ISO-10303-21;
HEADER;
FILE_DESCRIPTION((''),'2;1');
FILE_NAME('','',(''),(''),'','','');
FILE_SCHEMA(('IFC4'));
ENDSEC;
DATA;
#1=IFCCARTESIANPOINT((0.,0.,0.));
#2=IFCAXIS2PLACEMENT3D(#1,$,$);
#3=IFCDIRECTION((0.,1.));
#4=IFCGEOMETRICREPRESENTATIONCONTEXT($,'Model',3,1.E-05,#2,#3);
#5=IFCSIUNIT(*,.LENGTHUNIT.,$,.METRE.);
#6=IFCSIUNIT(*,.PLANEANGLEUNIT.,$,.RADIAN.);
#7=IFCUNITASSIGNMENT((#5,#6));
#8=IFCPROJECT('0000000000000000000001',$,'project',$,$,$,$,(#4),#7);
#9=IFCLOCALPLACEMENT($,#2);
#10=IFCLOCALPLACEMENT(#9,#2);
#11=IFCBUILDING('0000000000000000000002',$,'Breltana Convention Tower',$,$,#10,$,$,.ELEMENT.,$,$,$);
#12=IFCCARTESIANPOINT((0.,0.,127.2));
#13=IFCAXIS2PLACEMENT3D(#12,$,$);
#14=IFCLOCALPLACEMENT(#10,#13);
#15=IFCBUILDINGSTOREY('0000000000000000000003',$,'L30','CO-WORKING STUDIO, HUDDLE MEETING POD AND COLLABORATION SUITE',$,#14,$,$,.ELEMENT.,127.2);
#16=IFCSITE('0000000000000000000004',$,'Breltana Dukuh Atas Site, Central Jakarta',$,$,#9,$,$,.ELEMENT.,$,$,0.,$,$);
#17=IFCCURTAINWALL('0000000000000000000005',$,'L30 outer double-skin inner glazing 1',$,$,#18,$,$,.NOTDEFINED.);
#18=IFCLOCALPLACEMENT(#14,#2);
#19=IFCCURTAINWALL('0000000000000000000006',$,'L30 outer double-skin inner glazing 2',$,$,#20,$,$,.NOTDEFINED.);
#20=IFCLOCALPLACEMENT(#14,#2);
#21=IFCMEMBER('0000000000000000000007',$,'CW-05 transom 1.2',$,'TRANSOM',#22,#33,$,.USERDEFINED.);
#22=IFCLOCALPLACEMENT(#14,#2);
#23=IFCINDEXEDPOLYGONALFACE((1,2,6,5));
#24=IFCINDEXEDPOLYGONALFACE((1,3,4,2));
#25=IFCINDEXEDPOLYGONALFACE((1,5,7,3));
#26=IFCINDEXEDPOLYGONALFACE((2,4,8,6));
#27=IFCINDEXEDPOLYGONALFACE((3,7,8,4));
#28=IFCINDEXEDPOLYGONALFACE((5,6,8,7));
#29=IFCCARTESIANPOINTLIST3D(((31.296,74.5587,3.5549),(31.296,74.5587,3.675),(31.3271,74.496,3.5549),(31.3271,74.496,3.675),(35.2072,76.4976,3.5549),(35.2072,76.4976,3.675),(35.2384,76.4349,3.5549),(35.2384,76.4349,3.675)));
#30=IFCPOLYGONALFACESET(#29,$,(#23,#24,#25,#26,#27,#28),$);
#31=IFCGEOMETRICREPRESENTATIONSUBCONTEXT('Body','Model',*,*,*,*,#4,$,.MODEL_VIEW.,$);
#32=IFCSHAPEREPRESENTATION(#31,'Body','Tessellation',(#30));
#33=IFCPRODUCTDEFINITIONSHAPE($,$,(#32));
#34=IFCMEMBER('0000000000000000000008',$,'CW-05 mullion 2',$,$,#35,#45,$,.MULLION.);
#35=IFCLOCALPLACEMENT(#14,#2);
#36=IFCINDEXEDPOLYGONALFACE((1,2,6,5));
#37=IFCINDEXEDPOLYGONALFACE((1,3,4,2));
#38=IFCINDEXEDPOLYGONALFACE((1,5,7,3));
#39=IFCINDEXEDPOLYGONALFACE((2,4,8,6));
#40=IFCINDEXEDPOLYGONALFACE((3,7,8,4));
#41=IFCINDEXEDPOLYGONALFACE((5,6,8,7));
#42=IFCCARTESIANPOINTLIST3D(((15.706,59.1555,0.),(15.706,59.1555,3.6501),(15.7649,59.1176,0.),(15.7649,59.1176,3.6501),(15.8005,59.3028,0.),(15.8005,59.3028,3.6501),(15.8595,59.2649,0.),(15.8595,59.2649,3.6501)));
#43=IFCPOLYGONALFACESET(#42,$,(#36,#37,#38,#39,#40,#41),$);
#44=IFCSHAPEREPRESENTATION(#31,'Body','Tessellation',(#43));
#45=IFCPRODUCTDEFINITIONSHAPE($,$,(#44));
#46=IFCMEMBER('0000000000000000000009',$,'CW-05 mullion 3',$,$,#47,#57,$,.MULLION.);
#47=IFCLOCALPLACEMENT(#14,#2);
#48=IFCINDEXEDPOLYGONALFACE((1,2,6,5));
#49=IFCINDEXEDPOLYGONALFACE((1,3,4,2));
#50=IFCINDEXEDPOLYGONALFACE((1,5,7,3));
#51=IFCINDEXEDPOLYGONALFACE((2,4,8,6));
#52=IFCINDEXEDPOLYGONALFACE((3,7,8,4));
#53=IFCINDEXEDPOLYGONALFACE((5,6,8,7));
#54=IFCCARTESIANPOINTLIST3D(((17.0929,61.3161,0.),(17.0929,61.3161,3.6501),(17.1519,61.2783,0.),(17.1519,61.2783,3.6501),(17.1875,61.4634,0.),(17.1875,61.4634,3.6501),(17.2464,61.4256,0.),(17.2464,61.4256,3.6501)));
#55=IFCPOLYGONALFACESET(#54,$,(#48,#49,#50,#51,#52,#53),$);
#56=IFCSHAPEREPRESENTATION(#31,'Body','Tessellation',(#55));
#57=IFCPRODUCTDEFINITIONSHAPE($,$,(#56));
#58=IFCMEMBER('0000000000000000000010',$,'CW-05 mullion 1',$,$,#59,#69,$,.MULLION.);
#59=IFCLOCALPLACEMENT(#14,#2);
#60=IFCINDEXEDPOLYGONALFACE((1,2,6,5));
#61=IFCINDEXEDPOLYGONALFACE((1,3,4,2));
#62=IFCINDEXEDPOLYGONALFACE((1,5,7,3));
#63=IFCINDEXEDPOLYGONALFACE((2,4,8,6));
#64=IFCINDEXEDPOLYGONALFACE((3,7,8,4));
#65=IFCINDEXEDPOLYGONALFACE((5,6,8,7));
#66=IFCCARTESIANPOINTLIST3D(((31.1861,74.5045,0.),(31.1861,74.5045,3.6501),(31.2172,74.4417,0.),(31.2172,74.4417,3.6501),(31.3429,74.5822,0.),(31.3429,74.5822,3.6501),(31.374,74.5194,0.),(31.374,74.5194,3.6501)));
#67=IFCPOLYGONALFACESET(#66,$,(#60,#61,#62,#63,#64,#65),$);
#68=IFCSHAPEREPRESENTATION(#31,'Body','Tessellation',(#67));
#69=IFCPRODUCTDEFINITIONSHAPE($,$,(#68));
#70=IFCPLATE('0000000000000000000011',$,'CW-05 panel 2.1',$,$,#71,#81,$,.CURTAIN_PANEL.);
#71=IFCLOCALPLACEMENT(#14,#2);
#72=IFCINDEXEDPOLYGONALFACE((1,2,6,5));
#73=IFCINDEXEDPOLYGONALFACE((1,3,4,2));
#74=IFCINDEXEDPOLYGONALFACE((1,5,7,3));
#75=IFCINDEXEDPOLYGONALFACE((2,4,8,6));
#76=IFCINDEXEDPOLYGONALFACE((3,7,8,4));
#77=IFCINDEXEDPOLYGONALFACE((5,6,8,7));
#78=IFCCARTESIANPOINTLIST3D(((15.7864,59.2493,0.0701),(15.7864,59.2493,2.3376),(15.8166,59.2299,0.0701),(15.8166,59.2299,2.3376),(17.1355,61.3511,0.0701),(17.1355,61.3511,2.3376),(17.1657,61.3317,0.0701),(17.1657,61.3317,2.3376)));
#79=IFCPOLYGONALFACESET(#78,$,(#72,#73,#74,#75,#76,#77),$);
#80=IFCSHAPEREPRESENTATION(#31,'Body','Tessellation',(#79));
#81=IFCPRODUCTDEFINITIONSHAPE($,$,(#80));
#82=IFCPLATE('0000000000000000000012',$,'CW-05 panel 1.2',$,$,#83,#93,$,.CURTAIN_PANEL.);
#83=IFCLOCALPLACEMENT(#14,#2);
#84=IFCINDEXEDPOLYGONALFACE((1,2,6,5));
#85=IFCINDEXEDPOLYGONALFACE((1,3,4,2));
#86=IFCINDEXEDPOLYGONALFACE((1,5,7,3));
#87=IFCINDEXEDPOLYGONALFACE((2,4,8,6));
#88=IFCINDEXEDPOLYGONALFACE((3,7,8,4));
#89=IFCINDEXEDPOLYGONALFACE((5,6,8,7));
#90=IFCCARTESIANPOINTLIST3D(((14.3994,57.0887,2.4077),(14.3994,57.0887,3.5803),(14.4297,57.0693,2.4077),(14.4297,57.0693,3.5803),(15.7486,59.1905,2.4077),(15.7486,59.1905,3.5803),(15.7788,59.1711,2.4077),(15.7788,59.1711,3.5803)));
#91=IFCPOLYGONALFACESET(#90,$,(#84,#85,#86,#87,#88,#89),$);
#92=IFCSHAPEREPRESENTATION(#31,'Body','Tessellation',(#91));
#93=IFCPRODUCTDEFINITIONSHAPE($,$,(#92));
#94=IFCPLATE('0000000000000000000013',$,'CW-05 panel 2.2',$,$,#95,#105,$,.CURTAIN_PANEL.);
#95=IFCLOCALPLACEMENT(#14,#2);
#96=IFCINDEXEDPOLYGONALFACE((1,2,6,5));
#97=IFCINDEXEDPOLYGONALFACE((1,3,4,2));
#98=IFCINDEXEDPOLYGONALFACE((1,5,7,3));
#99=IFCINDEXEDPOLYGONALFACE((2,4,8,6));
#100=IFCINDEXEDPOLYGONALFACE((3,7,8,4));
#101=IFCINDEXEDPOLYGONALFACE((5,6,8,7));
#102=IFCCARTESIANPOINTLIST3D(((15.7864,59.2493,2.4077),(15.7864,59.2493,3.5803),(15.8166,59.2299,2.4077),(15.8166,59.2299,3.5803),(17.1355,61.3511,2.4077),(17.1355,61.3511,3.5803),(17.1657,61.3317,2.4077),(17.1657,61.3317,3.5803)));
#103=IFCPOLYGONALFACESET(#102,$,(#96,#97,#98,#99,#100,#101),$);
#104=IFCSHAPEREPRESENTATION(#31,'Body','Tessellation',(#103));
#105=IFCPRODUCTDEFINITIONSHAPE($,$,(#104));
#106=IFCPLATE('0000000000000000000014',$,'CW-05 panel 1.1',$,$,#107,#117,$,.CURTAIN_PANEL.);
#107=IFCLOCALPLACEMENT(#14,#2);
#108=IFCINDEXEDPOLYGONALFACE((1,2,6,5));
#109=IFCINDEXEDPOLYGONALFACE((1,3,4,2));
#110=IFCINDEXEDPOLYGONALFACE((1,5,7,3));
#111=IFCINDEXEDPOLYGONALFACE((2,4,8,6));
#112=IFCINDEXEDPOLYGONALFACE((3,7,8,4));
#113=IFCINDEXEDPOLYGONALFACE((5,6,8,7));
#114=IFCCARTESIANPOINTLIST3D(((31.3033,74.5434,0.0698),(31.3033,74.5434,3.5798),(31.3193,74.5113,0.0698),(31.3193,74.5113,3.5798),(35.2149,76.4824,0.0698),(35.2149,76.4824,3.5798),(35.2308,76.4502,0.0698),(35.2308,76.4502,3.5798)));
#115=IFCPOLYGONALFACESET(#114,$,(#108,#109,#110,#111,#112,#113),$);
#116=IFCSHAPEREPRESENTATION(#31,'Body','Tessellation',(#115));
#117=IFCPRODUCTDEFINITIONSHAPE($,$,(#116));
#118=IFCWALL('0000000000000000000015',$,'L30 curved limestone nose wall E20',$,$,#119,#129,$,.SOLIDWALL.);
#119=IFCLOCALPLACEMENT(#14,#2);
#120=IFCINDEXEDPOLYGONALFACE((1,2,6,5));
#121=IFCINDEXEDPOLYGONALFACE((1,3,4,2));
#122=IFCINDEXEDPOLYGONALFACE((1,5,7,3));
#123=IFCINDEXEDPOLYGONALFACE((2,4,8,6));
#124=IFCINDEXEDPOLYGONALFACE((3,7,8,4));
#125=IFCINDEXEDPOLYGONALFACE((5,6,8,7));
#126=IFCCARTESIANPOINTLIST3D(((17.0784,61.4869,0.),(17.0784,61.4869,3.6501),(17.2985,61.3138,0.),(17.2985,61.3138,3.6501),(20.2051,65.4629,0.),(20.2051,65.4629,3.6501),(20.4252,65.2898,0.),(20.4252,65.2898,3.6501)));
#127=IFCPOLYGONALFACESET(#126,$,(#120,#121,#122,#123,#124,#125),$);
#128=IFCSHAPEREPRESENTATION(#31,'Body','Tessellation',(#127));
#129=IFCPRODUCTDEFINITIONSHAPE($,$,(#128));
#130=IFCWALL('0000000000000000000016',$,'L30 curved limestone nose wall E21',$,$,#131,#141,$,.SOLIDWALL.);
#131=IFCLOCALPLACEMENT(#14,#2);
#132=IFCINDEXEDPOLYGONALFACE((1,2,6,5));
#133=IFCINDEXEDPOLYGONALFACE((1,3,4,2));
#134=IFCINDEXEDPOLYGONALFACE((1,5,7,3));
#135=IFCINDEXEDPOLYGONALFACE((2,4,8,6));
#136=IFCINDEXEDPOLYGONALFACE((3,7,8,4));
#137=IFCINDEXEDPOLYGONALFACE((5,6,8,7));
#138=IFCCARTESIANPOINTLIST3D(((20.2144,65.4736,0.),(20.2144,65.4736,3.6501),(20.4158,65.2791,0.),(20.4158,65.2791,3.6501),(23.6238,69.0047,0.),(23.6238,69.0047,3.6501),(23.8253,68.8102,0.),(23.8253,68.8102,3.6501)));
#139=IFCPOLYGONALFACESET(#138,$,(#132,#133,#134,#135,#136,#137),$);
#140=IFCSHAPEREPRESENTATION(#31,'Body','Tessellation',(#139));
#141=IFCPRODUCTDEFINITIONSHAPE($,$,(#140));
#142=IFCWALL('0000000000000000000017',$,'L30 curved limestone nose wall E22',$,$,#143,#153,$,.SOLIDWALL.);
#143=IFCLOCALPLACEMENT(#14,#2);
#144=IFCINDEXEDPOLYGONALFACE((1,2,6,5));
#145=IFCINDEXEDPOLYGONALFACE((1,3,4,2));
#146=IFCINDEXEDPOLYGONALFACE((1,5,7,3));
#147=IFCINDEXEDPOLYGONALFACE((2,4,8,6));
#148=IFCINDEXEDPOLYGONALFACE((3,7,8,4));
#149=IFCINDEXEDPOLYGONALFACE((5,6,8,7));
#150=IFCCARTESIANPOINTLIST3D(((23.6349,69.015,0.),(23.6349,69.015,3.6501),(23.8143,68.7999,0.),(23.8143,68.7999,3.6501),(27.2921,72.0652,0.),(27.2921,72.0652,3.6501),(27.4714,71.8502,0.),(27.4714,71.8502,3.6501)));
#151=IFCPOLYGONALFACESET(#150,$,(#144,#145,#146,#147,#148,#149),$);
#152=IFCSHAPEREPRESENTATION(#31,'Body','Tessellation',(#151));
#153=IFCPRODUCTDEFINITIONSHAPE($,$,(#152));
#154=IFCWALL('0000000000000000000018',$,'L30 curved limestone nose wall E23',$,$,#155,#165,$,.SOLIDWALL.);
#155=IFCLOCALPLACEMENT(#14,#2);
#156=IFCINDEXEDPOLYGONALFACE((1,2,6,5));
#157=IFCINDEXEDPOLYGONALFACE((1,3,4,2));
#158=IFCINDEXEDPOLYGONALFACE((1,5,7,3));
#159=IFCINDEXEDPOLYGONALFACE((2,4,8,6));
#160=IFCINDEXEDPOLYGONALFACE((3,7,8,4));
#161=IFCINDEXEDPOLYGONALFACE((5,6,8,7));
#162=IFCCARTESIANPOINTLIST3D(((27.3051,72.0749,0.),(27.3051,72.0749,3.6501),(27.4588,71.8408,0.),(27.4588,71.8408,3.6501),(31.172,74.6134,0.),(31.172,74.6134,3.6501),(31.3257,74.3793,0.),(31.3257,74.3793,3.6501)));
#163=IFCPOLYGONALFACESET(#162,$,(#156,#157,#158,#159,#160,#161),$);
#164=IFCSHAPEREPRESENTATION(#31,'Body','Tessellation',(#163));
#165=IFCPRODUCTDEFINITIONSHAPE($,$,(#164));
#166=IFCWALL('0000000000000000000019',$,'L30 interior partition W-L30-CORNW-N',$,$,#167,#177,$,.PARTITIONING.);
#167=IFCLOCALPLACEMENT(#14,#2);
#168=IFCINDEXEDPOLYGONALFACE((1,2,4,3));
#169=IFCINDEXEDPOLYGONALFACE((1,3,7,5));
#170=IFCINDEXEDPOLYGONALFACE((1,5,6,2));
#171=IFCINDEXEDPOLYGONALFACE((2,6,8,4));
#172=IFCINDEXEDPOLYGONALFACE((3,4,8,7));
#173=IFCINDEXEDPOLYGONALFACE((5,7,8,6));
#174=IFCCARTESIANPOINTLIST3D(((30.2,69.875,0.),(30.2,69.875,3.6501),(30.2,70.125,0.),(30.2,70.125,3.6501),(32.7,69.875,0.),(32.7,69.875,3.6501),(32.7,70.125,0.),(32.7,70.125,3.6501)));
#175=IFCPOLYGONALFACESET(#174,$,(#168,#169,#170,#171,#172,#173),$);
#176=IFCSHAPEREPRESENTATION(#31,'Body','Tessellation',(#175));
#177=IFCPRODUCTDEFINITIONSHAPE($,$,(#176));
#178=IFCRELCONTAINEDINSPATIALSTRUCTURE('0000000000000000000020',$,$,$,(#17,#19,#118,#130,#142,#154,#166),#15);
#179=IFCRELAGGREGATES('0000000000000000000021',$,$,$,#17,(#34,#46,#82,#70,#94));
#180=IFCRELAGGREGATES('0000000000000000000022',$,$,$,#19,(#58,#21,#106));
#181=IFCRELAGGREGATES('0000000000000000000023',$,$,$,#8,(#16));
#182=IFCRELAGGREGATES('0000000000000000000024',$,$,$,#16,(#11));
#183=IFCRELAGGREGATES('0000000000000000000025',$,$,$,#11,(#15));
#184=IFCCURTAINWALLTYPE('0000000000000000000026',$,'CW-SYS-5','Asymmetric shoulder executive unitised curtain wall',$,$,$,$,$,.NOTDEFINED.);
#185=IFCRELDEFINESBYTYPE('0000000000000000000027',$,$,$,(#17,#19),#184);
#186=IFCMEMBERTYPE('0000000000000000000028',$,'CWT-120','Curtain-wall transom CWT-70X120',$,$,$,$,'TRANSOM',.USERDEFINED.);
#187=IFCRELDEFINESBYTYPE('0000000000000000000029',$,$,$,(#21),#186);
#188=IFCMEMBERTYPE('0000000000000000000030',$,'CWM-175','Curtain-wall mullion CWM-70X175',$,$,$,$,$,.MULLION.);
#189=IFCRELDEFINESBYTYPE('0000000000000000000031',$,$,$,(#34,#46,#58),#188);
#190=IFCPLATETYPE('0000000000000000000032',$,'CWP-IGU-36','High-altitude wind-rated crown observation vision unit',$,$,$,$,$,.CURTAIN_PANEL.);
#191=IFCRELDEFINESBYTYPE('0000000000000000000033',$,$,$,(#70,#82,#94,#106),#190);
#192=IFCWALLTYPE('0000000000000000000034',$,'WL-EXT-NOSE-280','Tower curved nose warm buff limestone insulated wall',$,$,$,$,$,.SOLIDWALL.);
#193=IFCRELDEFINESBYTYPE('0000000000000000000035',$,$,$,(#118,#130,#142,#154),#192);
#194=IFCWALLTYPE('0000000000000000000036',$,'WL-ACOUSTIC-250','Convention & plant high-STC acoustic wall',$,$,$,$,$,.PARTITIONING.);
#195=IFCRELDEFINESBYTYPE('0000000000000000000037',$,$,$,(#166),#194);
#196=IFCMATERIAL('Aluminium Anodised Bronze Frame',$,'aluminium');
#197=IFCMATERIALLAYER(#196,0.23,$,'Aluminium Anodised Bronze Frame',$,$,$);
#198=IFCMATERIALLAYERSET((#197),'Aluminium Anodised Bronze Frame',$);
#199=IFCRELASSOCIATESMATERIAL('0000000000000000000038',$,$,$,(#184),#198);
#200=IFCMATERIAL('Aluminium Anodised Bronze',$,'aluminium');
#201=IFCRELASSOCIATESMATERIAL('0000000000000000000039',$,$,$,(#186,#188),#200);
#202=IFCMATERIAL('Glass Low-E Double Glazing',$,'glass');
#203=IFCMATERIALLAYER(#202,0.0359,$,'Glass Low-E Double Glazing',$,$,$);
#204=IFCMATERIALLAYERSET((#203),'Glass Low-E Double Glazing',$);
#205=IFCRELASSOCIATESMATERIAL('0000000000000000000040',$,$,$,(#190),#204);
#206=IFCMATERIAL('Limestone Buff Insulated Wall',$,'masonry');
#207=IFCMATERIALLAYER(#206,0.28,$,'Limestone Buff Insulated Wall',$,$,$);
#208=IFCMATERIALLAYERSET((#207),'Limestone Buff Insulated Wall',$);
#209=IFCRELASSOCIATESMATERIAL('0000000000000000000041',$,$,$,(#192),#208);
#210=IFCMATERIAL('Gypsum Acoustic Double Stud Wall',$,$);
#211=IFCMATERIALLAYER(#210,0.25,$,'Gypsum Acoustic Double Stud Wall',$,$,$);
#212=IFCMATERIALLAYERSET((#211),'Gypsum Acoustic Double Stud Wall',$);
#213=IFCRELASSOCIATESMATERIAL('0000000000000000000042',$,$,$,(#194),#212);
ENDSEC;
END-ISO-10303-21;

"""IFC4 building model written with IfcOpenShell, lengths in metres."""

from ifc_helpers import new_model, si_unit, direction, frame, frame_2d, origin, origin_2d, place, context, subcontext, project, spatial, rectangle, extrude, source, transform, mapped, material, layer, layer_set, material_profile, profile_set, type_object, element, aggregate, save


model = new_model("IFC4")

# Units and contexts
model_context = context("Model", 3, precision=1e-05, world=origin(), true_north=direction((0.0, 1.0)))
body_context = subcontext(model_context, "Body", "Model", "MODEL_VIEW")
ifc_project = project(units=[si_unit("LENGTHUNIT", "METRE"), si_unit("PLANEANGLEUNIT", "RADIAN")], contexts=[model_context])

# Site, building, storey
site_placement = place(None, origin())
site = spatial("IfcSite", under=ifc_project, at=site_placement, Name="Breltana Dukuh Atas Site, Central Jakarta", CompositionType="ELEMENT", RefElevation=0.0)
building_placement = place(site_placement, origin())
building = spatial("IfcBuilding", under=site, at=building_placement, Name="Breltana Convention Tower", CompositionType="ELEMENT")
storey_placement = place(building_placement, frame((0.0, 0.0, 127.2)))
storey = spatial("IfcBuildingStorey", under=building, at=storey_placement, Name="L30", Description="CO-WORKING STUDIO, HUDDLE MEETING POD AND COLLABORATION SUITE", CompositionType="ELEMENT", Elevation=127.2)

# Curtain walls, member
ifc_material_1 = material(Name="Aluminium Anodised Bronze Frame", Category="aluminium")
ifc_layer_1 = layer(ifc_material_1, 0.23, Name="Aluminium Anodised Bronze Frame")
ifc_layer_set_1 = layer_set([ifc_layer_1], Name="Aluminium Anodised Bronze Frame")
curtain_wall_type = type_object("IfcCurtainWallType", Name="CW-SYS-5", Description="Asymmetric shoulder executive unitised curtain wall", PredefinedType="NOTDEFINED", material=ifc_layer_set_1)
curtain_wall_1_placement = place(storey_placement, origin())
curtain_wall_1 = element("IfcCurtainWall", 1, at=curtain_wall_1_placement, inside=storey, type_object=curtain_wall_type, Name="L30 outer double-skin inner glazing 1", PredefinedType="NOTDEFINED")
ifc_material_2 = material(Name="Aluminium Anodised Bronze", Category="aluminium")
ifc_material_profile_1 = material_profile(ifc_material_2, rectangle(XDim=0.0701, YDim=0.1201, at=origin_2d()), Name="CWT-70X120")
ifc_profile_set_1 = profile_set([ifc_material_profile_1], Name="Aluminium Anodised Bronze")
member_type_1 = type_object("IfcMemberType", Name="CWT-120", Description="Curtain-wall transom CWT-70X120", ElementType="TRANSOM", PredefinedType="USERDEFINED", material=ifc_profile_set_1)
curtain_wall_2_placement = place(storey_placement, origin())
curtain_wall_2 = element("IfcCurtainWall", 2, at=curtain_wall_2_placement, inside=storey, type_object=curtain_wall_type, Name="L30 outer double-skin inner glazing 2", PredefinedType="NOTDEFINED")
shared_shape_1 = source(origin(), body_context, "Body", "SweptSolid", [
    extrude(rectangle(XDim=0.0701, YDim=0.1201, at=origin_2d()), origin(), (0.0, 0.0, 1.0), 4.3655),
])
member_1_placement = place(storey_placement, frame((31.3115, 74.5273, 3.615), z_axis=(0.895954, 0.444146, 0.0), x_axis=(-0.444146, 0.895954, 0.0)))
member_1 = element("IfcMember", 3, at=member_1_placement, type_object=member_type_1, Name="CW-05 transom 1.2", ObjectType="TRANSOM", PredefinedType="USERDEFINED", context=body_context, shape_type="MappedRepresentation", body=[
    mapped(shared_shape_1, transform((0.0, 0.0, 0.0), scale=1.0)),
])

# Members
ifc_material_profile_2 = material_profile(ifc_material_2, rectangle(XDim=0.0701, YDim=0.175, at=origin_2d()), Name="CWM-70X175")
ifc_profile_set_2 = profile_set([ifc_material_profile_2], Name="Aluminium Anodised Bronze")
member_type_2 = type_object("IfcMemberType", Name="CWM-175", Description="Curtain-wall mullion CWM-70X175", PredefinedType="MULLION", material=ifc_profile_set_2)
shared_shape_2 = source(origin(), body_context, "Body", "SweptSolid", [
    extrude(rectangle(XDim=0.0701, YDim=0.175, at=origin_2d()), origin(), (0.0, 0.0, 1.0), 3.6501),
])
member_2_placement = place(storey_placement, frame((15.7827, 59.2102, 0.0), z_axis=(0.0, 0.0, 1.0), x_axis=(-0.841552, 0.540177, 0.0)))
member_2 = element("IfcMember", 4, at=member_2_placement, type_object=member_type_2, Name="CW-05 mullion 2", PredefinedType="MULLION", context=body_context, shape_type="MappedRepresentation", body=[
    mapped(shared_shape_2, transform((0.0, 0.0, 0.0), scale=1.0)),
])
member_3_placement = place(storey_placement, frame((17.1697, 61.3708, 0.0), z_axis=(0.0, 0.0, 1.0), x_axis=(-0.841552, 0.540177, 0.0)))
member_3 = element("IfcMember", 5, at=member_3_placement, type_object=member_type_2, Name="CW-05 mullion 3", PredefinedType="MULLION", context=body_context, shape_type="MappedRepresentation", body=[
    mapped(shared_shape_2, transform((0.0, 0.0, 0.0), scale=1.0)),
])
member_4_placement = place(storey_placement, frame((31.28, 74.512, 0.0), z_axis=(0.0, 0.0, 1.0), x_axis=(-0.444122, 0.895967, 0.0)))
member_4 = element("IfcMember", 6, at=member_4_placement, type_object=member_type_2, Name="CW-05 mullion 1", PredefinedType="MULLION", context=body_context, shape_type="MappedRepresentation", body=[
    mapped(shared_shape_2, transform((0.0, 0.0, 0.0), scale=1.0)),
])

# Plates
ifc_material_3 = material(Name="Glass Low-E Double Glazing", Category="glass")
ifc_layer_2 = layer(ifc_material_3, 0.0359, Name="Glass Low-E Double Glazing")
ifc_layer_set_2 = layer_set([ifc_layer_2], Name="Glass Low-E Double Glazing")
plate_type = type_object("IfcPlateType", Name="CWP-IGU-36", Description="High-altitude wind-rated crown observation vision unit", PredefinedType="CURTAIN_PANEL", material=ifc_layer_set_2)
shared_shape_3 = source(origin(), body_context, "Body", "SweptSolid", [
    extrude(rectangle(XDim=2.4976, YDim=0.0359, at=origin_2d()), origin(), (0.0, 0.0, 1.0), 2.2676),
])
plate_1_placement = place(storey_placement, frame((16.4761, 60.2905, 0.0701), z_axis=(0.0, 0.0, 1.0), x_axis=(0.540177, 0.841552, 0.0)))
plate_1 = element("IfcPlate", 7, at=plate_1_placement, type_object=plate_type, Name="CW-05 panel 2.1", PredefinedType="CURTAIN_PANEL", context=body_context, shape_type="MappedRepresentation", body=[
    mapped(shared_shape_3, transform((0.0, 0.0, 0.0), scale=1.0)),
])
shared_shape_4 = source(origin(), body_context, "Body", "SweptSolid", [
    extrude(rectangle(XDim=2.4976, YDim=0.0359, at=origin_2d()), origin(), (0.0, 0.0, 1.0), 1.1726),
])
plate_2_placement = place(storey_placement, frame((15.0891, 58.1299, 2.4077), z_axis=(0.0, 0.0, 1.0), x_axis=(0.540177, 0.841552, 0.0)))
plate_2 = element("IfcPlate", 8, at=plate_2_placement, type_object=plate_type, Name="CW-05 panel 1.2", PredefinedType="CURTAIN_PANEL", context=body_context, shape_type="MappedRepresentation", body=[
    mapped(shared_shape_4, transform((0.0, 0.0, 0.0), scale=1.0)),
])
plate_3_placement = place(storey_placement, frame((16.4761, 60.2905, 2.4077), z_axis=(0.0, 0.0, 1.0), x_axis=(0.540177, 0.841552, 0.0)))
plate_3 = element("IfcPlate", 9, at=plate_3_placement, type_object=plate_type, Name="CW-05 panel 2.2", PredefinedType="CURTAIN_PANEL", context=body_context, shape_type="MappedRepresentation", body=[
    mapped(shared_shape_4, transform((0.0, 0.0, 0.0), scale=1.0)),
])
aggregate(curtain_wall_1, [member_2, member_3, plate_2, plate_1, plate_3])
shared_shape_5 = source(origin(), body_context, "Body", "SweptSolid", [
    extrude(rectangle(XDim=4.3657, YDim=0.0359, at=origin_2d()), origin(), (0.0, 0.0, 1.0), 3.51),
])
plate_4_placement = place(storey_placement, frame((33.2671, 75.4968, 0.0698), z_axis=(0.0, 0.0, 1.0), x_axis=(0.895967, 0.444122, 0.0)))
plate_4 = element("IfcPlate", 10, at=plate_4_placement, type_object=plate_type, Name="CW-05 panel 1.1", PredefinedType="CURTAIN_PANEL", context=body_context, shape_type="MappedRepresentation", body=[
    mapped(shared_shape_5, transform((0.0, 0.0, 0.0), scale=1.0)),
])
aggregate(curtain_wall_2, [member_4, member_1, plate_4])

# Walls
ifc_material_4 = material(Name="Limestone Buff Insulated Wall", Category="masonry")
ifc_layer_3 = layer(ifc_material_4, 0.28, Name="Limestone Buff Insulated Wall")
ifc_layer_set_3 = layer_set([ifc_layer_3], Name="Limestone Buff Insulated Wall")
wall_type_1 = type_object("IfcWallType", Name="WL-EXT-NOSE-280", Description="Tower curved nose warm buff limestone insulated wall", PredefinedType="SOLIDWALL", material=ifc_layer_set_3)
shared_shape_6 = source(origin(), body_context, "Body", "SweptSolid", [
    extrude(rectangle(XDim=5.0581, YDim=0.28, at=frame_2d((2.5291, 0.0))), origin(), (0.0, 0.0, 1.0), 3.6501),
])
wall_1_placement = place(storey_placement, frame((17.1885, 61.4004, 0.0), z_axis=(0.0, 0.0, 1.0), x_axis=(0.618146, 0.786064, 0.0)))
element("IfcWall", 11, at=wall_1_placement, inside=storey, type_object=wall_type_1, Name="L30 curved limestone nose wall E20", PredefinedType="SOLIDWALL", context=body_context, shape_type="MappedRepresentation", body=[
    mapped(shared_shape_6, transform((0.0, 0.0, 0.0), scale=1.0)),
])
shared_shape_7 = source(origin(), body_context, "Body", "SweptSolid", [
    extrude(rectangle(XDim=4.9084, YDim=0.28, at=frame_2d((2.4541, 0.0))), origin(), (0.0, 0.0, 1.0), 3.6501),
])
wall_2_placement = place(storey_placement, frame((20.3152, 65.3765, 0.0), z_axis=(0.0, 0.0, 1.0), x_axis=(0.694613, 0.719383, 0.0)))
element("IfcWall", 12, at=wall_2_placement, inside=storey, type_object=wall_type_1, Name="L30 curved limestone nose wall E21", PredefinedType="SOLIDWALL", context=body_context, shape_type="MappedRepresentation", body=[
    mapped(shared_shape_7, transform((0.0, 0.0, 0.0), scale=1.0)),
])
shared_shape_8 = source(origin(), body_context, "Body", "SweptSolid", [
    extrude(rectangle(XDim=4.7622, YDim=0.28, at=frame_2d((2.3811, 0.0))), origin(), (0.0, 0.0, 1.0), 3.6501),
])
wall_3_placement = place(storey_placement, frame((23.7246, 68.9075, 0.0), z_axis=(0.0, 0.0, 1.0), x_axis=(0.767952, 0.640507, 0.0)))
element("IfcWall", 13, at=wall_3_placement, inside=storey, type_object=wall_type_1, Name="L30 curved limestone nose wall E22", PredefinedType="SOLIDWALL", context=body_context, shape_type="MappedRepresentation", body=[
    mapped(shared_shape_8, transform((0.0, 0.0, 0.0), scale=1.0)),
])
shared_shape_9 = source(origin(), body_context, "Body", "SweptSolid", [
    extrude(rectangle(XDim=4.6257, YDim=0.28, at=frame_2d((2.313, 0.0))), origin(), (0.0, 0.0, 1.0), 3.6501),
])
wall_4_placement = place(storey_placement, frame((27.3818, 71.9578, 0.0), z_axis=(0.0, 0.0, 1.0), x_axis=(0.835959, 0.548791, 0.0)))
element("IfcWall", 14, at=wall_4_placement, inside=storey, type_object=wall_type_1, Name="L30 curved limestone nose wall E23", PredefinedType="SOLIDWALL", context=body_context, shape_type="MappedRepresentation", body=[
    mapped(shared_shape_9, transform((0.0, 0.0, 0.0), scale=1.0)),
])
ifc_material_5 = material(Name="Gypsum Acoustic Double Stud Wall")
ifc_layer_4 = layer(ifc_material_5, 0.25, Name="Gypsum Acoustic Double Stud Wall")
ifc_layer_set_4 = layer_set([ifc_layer_4], Name="Gypsum Acoustic Double Stud Wall")
wall_type_2 = type_object("IfcWallType", Name="WL-ACOUSTIC-250", Description="Convention & plant high-STC acoustic wall", PredefinedType="PARTITIONING", material=ifc_layer_set_4)
shared_shape_10 = source(origin(), body_context, "Body", "SweptSolid", [
    extrude(rectangle(XDim=2.5, YDim=0.25, at=frame_2d((1.25, 0.0))), origin(), (0.0, 0.0, 1.0), 3.6501),
])
wall_5_placement = place(storey_placement, frame((30.2, 70.0, 0.0), z_axis=(0.0, 0.0, 1.0), x_axis=(1.0, 0.0, 0.0)))
element("IfcWall", 15, at=wall_5_placement, inside=storey, type_object=wall_type_2, Name="L30 interior partition W-L30-CORNW-N", PredefinedType="PARTITIONING", context=body_context, shape_type="MappedRepresentation", body=[
    mapped(shared_shape_10, transform((0.0, 0.0, 0.0), scale=1.0)),
])

save(model, "model.ifc")
